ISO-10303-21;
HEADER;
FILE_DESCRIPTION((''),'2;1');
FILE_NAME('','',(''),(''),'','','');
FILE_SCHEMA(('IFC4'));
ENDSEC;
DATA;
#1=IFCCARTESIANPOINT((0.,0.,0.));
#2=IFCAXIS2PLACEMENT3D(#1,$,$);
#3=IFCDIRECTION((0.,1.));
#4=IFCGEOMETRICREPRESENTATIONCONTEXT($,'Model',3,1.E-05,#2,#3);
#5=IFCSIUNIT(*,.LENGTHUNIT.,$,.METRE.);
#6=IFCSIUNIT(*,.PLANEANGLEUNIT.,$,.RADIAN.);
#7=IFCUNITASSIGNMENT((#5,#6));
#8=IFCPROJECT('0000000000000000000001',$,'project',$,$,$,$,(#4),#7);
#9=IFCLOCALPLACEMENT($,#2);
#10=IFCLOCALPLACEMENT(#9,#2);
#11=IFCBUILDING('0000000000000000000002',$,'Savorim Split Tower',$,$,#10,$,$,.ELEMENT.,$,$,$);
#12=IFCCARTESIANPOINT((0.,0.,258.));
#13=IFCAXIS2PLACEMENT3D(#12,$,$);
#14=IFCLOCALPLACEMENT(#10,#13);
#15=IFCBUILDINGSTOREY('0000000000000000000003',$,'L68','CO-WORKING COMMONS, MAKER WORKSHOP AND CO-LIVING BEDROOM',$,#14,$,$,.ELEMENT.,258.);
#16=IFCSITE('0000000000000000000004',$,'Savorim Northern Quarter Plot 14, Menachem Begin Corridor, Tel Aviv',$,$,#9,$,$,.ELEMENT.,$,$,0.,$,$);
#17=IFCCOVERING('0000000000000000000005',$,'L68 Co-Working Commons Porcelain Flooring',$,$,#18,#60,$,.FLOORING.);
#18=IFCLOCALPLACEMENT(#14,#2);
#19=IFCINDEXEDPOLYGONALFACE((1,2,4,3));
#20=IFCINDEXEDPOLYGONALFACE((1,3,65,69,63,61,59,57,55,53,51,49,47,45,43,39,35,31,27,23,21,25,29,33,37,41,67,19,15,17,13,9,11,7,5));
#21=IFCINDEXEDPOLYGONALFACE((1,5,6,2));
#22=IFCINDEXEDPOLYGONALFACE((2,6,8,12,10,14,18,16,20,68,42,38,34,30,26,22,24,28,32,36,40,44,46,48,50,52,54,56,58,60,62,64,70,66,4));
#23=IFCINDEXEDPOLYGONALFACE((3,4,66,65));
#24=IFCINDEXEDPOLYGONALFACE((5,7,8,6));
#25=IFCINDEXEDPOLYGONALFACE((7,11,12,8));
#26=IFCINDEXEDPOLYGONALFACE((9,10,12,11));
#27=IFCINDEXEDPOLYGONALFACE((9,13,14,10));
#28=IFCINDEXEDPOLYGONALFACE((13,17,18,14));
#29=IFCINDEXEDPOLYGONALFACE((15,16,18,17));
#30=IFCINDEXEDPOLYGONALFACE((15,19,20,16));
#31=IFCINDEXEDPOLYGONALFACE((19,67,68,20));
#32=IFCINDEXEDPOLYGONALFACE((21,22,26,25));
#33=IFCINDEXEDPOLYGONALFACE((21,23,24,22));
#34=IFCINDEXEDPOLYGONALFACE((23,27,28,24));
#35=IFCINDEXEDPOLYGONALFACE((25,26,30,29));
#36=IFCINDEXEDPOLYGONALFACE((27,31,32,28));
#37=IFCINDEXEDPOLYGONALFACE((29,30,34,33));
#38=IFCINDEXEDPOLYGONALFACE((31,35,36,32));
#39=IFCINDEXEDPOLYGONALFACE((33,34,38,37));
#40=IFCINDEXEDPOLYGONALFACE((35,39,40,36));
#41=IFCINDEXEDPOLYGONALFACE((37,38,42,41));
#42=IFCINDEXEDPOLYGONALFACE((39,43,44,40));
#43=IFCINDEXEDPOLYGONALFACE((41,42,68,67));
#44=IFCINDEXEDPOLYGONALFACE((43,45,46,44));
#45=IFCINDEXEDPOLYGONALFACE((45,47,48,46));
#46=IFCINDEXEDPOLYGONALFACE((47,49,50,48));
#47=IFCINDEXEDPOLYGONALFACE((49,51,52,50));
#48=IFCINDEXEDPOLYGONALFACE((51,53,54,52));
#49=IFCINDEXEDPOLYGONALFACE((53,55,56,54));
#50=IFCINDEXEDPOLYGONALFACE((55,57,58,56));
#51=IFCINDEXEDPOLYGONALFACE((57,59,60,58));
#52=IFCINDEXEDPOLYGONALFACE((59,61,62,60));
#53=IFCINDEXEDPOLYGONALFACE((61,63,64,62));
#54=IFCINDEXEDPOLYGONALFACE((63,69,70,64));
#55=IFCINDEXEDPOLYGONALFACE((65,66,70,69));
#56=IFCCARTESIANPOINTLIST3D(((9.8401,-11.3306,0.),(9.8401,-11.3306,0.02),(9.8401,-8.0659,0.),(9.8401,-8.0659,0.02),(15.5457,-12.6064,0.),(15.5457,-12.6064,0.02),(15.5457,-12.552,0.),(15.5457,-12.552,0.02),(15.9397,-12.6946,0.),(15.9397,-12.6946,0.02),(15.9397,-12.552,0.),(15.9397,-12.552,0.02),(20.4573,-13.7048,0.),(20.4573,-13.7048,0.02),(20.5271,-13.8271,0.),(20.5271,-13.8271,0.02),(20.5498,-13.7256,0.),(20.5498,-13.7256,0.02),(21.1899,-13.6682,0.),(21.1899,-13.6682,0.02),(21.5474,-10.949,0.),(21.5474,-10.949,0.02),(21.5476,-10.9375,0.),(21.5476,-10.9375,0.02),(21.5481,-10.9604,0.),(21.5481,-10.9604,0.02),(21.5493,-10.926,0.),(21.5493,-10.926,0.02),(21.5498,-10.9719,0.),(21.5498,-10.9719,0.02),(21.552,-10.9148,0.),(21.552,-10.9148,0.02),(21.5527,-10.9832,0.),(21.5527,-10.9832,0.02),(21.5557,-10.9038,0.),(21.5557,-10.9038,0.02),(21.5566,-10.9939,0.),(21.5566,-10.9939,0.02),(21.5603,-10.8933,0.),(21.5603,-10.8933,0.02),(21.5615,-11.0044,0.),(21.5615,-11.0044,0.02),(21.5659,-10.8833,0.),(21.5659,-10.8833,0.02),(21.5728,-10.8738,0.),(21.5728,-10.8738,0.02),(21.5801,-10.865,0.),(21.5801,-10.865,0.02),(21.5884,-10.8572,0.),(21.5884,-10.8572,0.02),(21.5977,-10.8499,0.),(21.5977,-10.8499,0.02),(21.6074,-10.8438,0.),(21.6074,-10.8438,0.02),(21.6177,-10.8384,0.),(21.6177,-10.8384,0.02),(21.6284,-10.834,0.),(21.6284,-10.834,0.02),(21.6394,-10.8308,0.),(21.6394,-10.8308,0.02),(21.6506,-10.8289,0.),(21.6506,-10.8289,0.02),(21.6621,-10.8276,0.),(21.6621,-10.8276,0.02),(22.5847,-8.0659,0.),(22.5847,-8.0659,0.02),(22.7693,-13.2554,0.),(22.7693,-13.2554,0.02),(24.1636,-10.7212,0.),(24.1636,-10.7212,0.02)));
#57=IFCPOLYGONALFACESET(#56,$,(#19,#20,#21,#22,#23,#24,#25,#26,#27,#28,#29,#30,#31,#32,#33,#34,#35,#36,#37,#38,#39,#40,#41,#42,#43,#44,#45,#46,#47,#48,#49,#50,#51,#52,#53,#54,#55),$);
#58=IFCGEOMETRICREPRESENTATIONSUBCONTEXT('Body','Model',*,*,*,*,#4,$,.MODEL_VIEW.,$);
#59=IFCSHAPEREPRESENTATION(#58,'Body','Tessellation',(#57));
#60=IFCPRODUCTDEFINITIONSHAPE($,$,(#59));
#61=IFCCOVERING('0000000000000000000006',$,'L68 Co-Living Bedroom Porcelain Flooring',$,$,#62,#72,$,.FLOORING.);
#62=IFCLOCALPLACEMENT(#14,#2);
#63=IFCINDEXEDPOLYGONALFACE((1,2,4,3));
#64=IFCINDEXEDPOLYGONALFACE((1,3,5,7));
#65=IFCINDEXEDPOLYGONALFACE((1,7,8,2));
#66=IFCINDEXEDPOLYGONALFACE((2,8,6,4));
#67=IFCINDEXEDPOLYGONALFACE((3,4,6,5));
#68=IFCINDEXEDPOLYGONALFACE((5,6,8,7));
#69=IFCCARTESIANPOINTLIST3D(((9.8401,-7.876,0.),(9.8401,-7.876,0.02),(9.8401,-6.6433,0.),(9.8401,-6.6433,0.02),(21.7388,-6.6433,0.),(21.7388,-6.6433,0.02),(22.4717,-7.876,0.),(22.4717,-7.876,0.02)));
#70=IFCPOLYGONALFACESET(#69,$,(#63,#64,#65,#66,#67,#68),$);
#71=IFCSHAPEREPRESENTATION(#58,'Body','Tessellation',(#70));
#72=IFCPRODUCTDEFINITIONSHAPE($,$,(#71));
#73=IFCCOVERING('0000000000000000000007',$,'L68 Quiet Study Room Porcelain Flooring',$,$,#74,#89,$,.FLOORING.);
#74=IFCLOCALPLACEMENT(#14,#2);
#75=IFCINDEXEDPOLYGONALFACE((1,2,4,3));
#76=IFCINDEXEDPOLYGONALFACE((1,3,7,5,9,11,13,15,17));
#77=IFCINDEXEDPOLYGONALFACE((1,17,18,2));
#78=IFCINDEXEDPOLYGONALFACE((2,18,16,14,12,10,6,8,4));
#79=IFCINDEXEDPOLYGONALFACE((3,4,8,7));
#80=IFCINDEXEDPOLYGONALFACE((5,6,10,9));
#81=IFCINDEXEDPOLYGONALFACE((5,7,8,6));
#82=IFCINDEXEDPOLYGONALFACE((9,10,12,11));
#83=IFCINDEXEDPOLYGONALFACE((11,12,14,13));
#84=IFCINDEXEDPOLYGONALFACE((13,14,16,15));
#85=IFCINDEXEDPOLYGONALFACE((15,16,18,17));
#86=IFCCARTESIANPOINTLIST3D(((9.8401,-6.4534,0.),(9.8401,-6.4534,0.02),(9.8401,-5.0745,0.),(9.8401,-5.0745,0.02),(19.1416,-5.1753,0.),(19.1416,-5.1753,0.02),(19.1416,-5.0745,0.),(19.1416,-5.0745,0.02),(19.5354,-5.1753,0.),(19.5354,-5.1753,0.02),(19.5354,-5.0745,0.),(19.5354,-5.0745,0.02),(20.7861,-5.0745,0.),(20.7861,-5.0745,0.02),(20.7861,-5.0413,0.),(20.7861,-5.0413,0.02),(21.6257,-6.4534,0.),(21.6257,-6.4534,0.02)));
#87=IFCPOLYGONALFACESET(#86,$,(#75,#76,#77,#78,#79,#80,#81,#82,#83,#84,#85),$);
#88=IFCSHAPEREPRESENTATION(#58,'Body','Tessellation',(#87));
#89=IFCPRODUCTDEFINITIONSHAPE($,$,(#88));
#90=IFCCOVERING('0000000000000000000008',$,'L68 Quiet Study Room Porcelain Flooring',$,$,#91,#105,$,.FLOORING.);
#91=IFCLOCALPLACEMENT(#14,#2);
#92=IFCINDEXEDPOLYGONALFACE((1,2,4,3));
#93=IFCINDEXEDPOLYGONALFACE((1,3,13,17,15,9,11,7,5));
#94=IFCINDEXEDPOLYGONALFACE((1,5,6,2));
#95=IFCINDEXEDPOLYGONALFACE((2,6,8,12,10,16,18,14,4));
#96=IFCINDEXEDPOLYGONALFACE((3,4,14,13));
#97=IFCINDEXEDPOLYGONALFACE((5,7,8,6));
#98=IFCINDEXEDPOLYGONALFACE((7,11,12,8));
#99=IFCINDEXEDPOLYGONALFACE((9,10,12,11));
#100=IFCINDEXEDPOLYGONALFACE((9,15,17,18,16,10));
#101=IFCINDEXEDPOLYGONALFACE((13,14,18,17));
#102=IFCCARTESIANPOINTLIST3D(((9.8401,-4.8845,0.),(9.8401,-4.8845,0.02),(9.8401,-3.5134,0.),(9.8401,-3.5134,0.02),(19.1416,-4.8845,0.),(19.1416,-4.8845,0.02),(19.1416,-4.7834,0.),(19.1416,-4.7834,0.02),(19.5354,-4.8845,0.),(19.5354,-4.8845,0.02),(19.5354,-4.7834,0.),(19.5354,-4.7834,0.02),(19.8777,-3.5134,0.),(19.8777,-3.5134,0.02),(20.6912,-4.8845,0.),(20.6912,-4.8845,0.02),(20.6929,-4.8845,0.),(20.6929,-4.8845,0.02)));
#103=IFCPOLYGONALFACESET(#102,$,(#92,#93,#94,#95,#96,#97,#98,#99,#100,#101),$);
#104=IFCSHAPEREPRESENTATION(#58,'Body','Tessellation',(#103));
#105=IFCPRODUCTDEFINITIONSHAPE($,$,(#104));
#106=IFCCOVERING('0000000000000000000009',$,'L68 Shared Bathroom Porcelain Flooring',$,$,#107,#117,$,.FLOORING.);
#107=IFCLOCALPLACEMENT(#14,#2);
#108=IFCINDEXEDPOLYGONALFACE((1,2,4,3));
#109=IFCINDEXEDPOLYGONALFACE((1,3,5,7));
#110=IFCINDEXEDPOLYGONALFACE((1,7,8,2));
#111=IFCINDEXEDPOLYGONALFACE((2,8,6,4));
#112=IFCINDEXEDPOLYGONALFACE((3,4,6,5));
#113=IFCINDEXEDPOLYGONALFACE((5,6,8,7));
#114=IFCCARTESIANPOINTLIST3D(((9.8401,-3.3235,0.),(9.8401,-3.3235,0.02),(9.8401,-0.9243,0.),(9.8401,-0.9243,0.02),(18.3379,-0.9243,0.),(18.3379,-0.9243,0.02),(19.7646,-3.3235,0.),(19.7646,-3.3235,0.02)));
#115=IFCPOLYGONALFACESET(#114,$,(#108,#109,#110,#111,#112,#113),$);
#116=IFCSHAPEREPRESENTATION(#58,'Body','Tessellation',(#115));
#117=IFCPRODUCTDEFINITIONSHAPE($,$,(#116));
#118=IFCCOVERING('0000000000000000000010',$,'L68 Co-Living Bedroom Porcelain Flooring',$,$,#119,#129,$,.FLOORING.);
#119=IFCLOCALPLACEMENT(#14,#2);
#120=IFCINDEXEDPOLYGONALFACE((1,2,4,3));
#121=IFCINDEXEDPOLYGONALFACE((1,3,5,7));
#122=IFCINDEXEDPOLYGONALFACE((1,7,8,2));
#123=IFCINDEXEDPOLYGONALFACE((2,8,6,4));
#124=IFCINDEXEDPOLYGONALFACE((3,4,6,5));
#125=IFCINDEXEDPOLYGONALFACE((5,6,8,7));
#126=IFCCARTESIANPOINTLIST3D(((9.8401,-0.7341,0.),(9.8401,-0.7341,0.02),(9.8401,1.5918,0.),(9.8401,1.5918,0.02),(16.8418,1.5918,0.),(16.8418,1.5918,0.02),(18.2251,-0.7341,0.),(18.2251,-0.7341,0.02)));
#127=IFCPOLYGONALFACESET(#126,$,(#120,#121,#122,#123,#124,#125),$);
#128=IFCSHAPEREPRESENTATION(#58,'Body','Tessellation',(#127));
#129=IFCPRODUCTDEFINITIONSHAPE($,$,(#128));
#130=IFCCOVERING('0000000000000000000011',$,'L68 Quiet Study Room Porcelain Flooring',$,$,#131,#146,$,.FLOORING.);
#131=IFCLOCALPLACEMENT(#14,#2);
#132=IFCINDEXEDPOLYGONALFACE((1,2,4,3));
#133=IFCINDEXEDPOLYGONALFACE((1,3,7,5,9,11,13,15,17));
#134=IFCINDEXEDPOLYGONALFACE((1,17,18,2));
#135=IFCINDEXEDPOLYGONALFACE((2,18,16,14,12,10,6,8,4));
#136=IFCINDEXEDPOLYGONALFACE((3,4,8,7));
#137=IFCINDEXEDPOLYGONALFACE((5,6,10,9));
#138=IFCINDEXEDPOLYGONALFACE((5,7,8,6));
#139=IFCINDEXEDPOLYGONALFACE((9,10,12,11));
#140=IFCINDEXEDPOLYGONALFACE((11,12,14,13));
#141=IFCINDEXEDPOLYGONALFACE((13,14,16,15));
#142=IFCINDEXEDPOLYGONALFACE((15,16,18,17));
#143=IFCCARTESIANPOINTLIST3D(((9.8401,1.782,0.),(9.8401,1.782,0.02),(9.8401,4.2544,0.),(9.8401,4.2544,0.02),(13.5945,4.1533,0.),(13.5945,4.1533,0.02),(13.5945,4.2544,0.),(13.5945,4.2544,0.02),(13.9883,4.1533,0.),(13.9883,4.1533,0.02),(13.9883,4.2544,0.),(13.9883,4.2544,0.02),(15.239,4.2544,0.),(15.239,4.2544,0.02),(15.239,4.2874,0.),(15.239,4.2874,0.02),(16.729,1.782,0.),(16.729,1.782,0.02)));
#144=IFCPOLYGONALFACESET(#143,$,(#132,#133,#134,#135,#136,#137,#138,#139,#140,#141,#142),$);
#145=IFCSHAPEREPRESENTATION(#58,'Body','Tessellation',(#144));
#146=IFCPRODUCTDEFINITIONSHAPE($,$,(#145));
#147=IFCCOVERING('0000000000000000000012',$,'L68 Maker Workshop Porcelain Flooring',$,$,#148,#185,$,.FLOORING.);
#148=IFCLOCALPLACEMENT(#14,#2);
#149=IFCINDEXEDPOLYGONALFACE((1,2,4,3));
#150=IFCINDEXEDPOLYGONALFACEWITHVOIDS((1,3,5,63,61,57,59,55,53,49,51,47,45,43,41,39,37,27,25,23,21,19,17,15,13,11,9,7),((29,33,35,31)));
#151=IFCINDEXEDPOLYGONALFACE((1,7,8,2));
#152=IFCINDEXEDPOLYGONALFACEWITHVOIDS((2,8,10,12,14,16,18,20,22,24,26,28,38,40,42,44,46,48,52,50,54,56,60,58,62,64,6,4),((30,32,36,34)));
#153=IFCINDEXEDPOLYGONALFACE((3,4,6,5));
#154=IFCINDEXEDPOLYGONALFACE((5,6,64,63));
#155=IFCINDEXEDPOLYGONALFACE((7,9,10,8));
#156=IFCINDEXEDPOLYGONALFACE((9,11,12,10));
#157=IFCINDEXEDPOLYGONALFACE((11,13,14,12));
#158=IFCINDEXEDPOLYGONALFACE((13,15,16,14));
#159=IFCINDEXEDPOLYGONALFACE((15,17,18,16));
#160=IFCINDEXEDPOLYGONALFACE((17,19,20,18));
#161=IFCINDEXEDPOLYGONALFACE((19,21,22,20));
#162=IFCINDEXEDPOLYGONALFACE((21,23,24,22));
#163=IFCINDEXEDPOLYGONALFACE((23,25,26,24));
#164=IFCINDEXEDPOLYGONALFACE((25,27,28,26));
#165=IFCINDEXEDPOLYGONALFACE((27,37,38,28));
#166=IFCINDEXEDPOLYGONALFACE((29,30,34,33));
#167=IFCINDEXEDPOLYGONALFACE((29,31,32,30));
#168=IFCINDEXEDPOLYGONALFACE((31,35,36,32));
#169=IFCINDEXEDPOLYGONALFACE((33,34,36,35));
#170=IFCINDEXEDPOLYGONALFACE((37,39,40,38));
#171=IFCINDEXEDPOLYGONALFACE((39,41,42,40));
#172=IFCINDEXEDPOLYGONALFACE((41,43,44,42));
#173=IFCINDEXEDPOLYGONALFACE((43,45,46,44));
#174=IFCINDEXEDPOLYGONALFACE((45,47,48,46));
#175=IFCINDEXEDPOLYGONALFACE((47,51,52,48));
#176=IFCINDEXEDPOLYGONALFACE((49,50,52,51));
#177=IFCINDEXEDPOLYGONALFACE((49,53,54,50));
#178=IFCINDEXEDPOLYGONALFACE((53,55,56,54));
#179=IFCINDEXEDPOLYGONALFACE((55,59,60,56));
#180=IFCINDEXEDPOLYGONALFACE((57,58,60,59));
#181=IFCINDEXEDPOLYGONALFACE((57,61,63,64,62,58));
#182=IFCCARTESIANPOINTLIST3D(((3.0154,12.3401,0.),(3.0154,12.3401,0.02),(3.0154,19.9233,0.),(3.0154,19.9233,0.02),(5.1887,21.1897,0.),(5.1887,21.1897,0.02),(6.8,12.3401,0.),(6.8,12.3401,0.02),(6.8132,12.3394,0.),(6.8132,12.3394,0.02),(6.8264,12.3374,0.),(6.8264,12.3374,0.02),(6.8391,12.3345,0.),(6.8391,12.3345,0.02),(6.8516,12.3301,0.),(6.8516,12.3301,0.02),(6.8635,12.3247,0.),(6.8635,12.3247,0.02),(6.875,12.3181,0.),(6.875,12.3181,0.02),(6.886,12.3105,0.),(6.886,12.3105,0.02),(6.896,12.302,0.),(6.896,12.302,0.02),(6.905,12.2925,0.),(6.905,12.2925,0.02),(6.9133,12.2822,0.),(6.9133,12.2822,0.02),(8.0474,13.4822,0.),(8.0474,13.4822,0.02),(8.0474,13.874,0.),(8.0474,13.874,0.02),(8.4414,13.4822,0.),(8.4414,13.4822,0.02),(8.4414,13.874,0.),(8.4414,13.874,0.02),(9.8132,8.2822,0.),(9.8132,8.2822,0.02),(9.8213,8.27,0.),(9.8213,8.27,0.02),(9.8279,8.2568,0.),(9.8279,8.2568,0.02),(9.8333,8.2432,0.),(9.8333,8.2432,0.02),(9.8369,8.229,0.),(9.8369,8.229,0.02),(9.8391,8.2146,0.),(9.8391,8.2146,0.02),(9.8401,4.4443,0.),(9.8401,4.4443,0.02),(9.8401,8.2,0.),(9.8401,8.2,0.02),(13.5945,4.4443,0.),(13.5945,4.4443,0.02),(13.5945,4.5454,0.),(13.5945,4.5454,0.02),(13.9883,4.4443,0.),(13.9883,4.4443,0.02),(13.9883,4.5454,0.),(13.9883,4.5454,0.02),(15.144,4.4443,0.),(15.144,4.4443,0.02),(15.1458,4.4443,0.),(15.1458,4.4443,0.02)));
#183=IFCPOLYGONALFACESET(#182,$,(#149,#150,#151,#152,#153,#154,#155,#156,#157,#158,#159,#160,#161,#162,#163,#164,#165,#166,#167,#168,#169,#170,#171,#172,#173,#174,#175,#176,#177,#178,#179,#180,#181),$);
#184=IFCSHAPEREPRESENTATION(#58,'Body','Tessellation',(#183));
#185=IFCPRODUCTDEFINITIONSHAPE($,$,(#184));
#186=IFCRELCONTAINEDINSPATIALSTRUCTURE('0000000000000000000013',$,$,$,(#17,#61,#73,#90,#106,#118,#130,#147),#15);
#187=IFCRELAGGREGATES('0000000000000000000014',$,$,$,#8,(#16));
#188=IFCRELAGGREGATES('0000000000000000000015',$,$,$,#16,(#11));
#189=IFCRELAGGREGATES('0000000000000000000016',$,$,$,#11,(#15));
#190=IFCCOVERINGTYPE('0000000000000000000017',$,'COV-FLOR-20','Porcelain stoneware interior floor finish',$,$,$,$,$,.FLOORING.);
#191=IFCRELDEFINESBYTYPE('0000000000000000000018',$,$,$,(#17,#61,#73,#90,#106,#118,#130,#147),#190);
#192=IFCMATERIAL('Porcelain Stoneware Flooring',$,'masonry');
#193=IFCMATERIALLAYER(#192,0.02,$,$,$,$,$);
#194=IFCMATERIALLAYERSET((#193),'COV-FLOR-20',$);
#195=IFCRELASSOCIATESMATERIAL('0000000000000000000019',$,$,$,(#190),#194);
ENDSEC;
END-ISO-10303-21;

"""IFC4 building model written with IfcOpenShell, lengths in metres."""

from ifc_helpers import new_model, si_unit, direction, frame, origin, place, context, subcontext, project, spatial, polyline, outline, extrude, material, layer, layer_set, type_object, element, save


model = new_model("IFC4")

# Units and contexts
model_context = context("Model", 3, precision=1e-05, world=origin(), true_north=direction((0.0, 1.0)))
body_context = subcontext(model_context, "Body", "Model", "MODEL_VIEW")
ifc_project = project(units=[si_unit("LENGTHUNIT", "METRE"), si_unit("PLANEANGLEUNIT", "RADIAN")], contexts=[model_context])

# Site, building, storey
site_placement = place(None, origin())
site = spatial("IfcSite", under=ifc_project, at=site_placement, Name="Savorim Northern Quarter Plot 14, Menachem Begin Corridor, Tel Aviv", CompositionType="ELEMENT", RefElevation=0.0)
building_placement = place(site_placement, origin())
building = spatial("IfcBuilding", under=site, at=building_placement, Name="Savorim Split Tower", CompositionType="ELEMENT")
storey_placement = place(building_placement, frame((0.0, 0.0, 258.0)))
storey = spatial("IfcBuildingStorey", under=building, at=storey_placement, Name="L68", Description="CO-WORKING COMMONS, MAKER WORKSHOP AND CO-LIVING BEDROOM", CompositionType="ELEMENT", Elevation=258.0)

# Coverings
ifc_material_1 = material(Name="Porcelain Stoneware Flooring", Category="masonry")
ifc_layer_1 = layer(ifc_material_1, 0.02)
ifc_layer_set_1 = layer_set([ifc_layer_1], Name="COV-FLOR-20")
covering_type_1 = type_object("IfcCoveringType", Name="COV-FLOR-20", Description="Porcelain stoneware interior floor finish", PredefinedType="FLOORING", material=ifc_layer_set_1)
covering_1_placement = place(storey_placement, origin())
element("IfcCovering", 1, at=covering_1_placement, inside=storey, type_object=covering_type_1, Name="L68 Co-Working Commons Porcelain Flooring", PredefinedType="FLOORING", context=body_context, shape_type="SweptSolid", body=[
    extrude(outline(polyline([(21.6394, -10.8308), (21.6506, -10.8289), (21.6621, -10.8276), (24.1636, -10.7212), (22.5847, -8.0659), (9.8401, -8.0659), (9.8401, -11.3306), (15.5457, -12.6064), (15.5457, -12.552), (15.9397, -12.552), (15.9397, -12.6946), (20.4573, -13.7048), (20.5498, -13.7256), (20.5271, -13.8271), (21.1899, -13.6682), (22.7693, -13.2554), (21.5615, -11.0044), (21.5566, -10.9939), (21.5527, -10.9832), (21.5498, -10.9719), (21.5481, -10.9604), (21.5474, -10.949), (21.5476, -10.9375), (21.5493, -10.926), (21.552, -10.9148), (21.5557, -10.9038), (21.5603, -10.8933), (21.5659, -10.8833), (21.5728, -10.8738), (21.5801, -10.865), (21.5884, -10.8572), (21.5977, -10.8499), (21.6074, -10.8438), (21.6177, -10.8384), (21.6284, -10.834), (21.6394, -10.8308)])), origin(), (0.0, 0.0, 1.0), 0.02),
])
covering_2_placement = place(storey_placement, origin())
element("IfcCovering", 2, at=covering_2_placement, inside=storey, type_object=covering_type_1, Name="L68 Co-Living Bedroom Porcelain Flooring", PredefinedType="FLOORING", context=body_context, shape_type="SweptSolid", body=[
    extrude(outline(polyline([(22.4717, -7.876), (21.7388, -6.6433), (9.8401, -6.6433), (9.8401, -7.876), (22.4717, -7.876)])), origin(), (0.0, 0.0, 1.0), 0.02),
])
covering_3_placement = place(storey_placement, origin())
element("IfcCovering", 3, at=covering_3_placement, inside=storey, type_object=covering_type_1, Name="L68 Quiet Study Room Porcelain Flooring", PredefinedType="FLOORING", context=body_context, shape_type="SweptSolid", body=[
    extrude(outline(polyline([(19.1416, -5.1753), (19.1416, -5.0745), (9.8401, -5.0745), (9.8401, -6.4534), (21.6257, -6.4534), (20.7861, -5.0413), (20.7861, -5.0745), (19.5354, -5.0745), (19.5354, -5.1753), (19.1416, -5.1753)])), origin(), (0.0, 0.0, 1.0), 0.02),
])
covering_4_placement = place(storey_placement, origin())
element("IfcCovering", 4, at=covering_4_placement, inside=storey, type_object=covering_type_1, Name="L68 Quiet Study Room Porcelain Flooring", PredefinedType="FLOORING", context=body_context, shape_type="SweptSolid", body=[
    extrude(outline(polyline([(19.5354, -4.7834), (19.5354, -4.8845), (20.6912, -4.8845), (20.6929, -4.8845), (19.8777, -3.5134), (9.8401, -3.5134), (9.8401, -4.8845), (19.1416, -4.8845), (19.1416, -4.7834), (19.5354, -4.7834)])), origin(), (0.0, 0.0, 1.0), 0.02),
])
covering_5_placement = place(storey_placement, origin())
element("IfcCovering", 5, at=covering_5_placement, inside=storey, type_object=covering_type_1, Name="L68 Shared Bathroom Porcelain Flooring", PredefinedType="FLOORING", context=body_context, shape_type="SweptSolid", body=[
    extrude(outline(polyline([(19.7646, -3.3235), (18.3379, -0.9243), (9.8401, -0.9243), (9.8401, -3.3235), (19.7646, -3.3235)])), origin(), (0.0, 0.0, 1.0), 0.02),
])
covering_6_placement = place(storey_placement, origin())
element("IfcCovering", 6, at=covering_6_placement, inside=storey, type_object=covering_type_1, Name="L68 Co-Living Bedroom Porcelain Flooring", PredefinedType="FLOORING", context=body_context, shape_type="SweptSolid", body=[
    extrude(outline(polyline([(18.2251, -0.7341), (16.8418, 1.5918), (9.8401, 1.5918), (9.8401, -0.7341), (18.2251, -0.7341)])), origin(), (0.0, 0.0, 1.0), 0.02),
])
covering_7_placement = place(storey_placement, origin())
element("IfcCovering", 7, at=covering_7_placement, inside=storey, type_object=covering_type_1, Name="L68 Quiet Study Room Porcelain Flooring", PredefinedType="FLOORING", context=body_context, shape_type="SweptSolid", body=[
    extrude(outline(polyline([(13.5945, 4.1533), (13.5945, 4.2544), (9.8401, 4.2544), (9.8401, 1.782), (16.729, 1.782), (15.239, 4.2874), (15.239, 4.2544), (13.9883, 4.2544), (13.9883, 4.1533), (13.5945, 4.1533)])), origin(), (0.0, 0.0, 1.0), 0.02),
])
covering_8_placement = place(storey_placement, origin())
element("IfcCovering", 8, at=covering_8_placement, inside=storey, type_object=covering_type_1, Name="L68 Maker Workshop Porcelain Flooring", PredefinedType="FLOORING", context=body_context, shape_type="SweptSolid", body=[
    extrude(outline(polyline([(15.144, 4.4443), (15.1458, 4.4443), (5.1887, 21.1897), (3.0154, 19.9233), (3.0154, 12.3401), (6.8, 12.3401), (6.8132, 12.3394), (6.8264, 12.3374), (6.8391, 12.3345), (6.8516, 12.3301), (6.8635, 12.3247), (6.875, 12.3181), (6.886, 12.3105), (6.896, 12.302), (6.905, 12.2925), (6.9133, 12.2822), (9.8132, 8.2822), (9.8213, 8.27), (9.8279, 8.2568), (9.8333, 8.2432), (9.8369, 8.229), (9.8391, 8.2146), (9.8401, 8.2), (9.8401, 4.4443), (13.5945, 4.4443), (13.5945, 4.5454), (13.9883, 4.5454), (13.9883, 4.4443), (15.144, 4.4443)]), holes=[polyline([(8.4414, 13.874), (8.0474, 13.874), (8.0474, 13.4822), (8.4414, 13.4822), (8.4414, 13.874)])]), origin(), (0.0, 0.0, 1.0), 0.02),
])

save(model, "model.ifc")
